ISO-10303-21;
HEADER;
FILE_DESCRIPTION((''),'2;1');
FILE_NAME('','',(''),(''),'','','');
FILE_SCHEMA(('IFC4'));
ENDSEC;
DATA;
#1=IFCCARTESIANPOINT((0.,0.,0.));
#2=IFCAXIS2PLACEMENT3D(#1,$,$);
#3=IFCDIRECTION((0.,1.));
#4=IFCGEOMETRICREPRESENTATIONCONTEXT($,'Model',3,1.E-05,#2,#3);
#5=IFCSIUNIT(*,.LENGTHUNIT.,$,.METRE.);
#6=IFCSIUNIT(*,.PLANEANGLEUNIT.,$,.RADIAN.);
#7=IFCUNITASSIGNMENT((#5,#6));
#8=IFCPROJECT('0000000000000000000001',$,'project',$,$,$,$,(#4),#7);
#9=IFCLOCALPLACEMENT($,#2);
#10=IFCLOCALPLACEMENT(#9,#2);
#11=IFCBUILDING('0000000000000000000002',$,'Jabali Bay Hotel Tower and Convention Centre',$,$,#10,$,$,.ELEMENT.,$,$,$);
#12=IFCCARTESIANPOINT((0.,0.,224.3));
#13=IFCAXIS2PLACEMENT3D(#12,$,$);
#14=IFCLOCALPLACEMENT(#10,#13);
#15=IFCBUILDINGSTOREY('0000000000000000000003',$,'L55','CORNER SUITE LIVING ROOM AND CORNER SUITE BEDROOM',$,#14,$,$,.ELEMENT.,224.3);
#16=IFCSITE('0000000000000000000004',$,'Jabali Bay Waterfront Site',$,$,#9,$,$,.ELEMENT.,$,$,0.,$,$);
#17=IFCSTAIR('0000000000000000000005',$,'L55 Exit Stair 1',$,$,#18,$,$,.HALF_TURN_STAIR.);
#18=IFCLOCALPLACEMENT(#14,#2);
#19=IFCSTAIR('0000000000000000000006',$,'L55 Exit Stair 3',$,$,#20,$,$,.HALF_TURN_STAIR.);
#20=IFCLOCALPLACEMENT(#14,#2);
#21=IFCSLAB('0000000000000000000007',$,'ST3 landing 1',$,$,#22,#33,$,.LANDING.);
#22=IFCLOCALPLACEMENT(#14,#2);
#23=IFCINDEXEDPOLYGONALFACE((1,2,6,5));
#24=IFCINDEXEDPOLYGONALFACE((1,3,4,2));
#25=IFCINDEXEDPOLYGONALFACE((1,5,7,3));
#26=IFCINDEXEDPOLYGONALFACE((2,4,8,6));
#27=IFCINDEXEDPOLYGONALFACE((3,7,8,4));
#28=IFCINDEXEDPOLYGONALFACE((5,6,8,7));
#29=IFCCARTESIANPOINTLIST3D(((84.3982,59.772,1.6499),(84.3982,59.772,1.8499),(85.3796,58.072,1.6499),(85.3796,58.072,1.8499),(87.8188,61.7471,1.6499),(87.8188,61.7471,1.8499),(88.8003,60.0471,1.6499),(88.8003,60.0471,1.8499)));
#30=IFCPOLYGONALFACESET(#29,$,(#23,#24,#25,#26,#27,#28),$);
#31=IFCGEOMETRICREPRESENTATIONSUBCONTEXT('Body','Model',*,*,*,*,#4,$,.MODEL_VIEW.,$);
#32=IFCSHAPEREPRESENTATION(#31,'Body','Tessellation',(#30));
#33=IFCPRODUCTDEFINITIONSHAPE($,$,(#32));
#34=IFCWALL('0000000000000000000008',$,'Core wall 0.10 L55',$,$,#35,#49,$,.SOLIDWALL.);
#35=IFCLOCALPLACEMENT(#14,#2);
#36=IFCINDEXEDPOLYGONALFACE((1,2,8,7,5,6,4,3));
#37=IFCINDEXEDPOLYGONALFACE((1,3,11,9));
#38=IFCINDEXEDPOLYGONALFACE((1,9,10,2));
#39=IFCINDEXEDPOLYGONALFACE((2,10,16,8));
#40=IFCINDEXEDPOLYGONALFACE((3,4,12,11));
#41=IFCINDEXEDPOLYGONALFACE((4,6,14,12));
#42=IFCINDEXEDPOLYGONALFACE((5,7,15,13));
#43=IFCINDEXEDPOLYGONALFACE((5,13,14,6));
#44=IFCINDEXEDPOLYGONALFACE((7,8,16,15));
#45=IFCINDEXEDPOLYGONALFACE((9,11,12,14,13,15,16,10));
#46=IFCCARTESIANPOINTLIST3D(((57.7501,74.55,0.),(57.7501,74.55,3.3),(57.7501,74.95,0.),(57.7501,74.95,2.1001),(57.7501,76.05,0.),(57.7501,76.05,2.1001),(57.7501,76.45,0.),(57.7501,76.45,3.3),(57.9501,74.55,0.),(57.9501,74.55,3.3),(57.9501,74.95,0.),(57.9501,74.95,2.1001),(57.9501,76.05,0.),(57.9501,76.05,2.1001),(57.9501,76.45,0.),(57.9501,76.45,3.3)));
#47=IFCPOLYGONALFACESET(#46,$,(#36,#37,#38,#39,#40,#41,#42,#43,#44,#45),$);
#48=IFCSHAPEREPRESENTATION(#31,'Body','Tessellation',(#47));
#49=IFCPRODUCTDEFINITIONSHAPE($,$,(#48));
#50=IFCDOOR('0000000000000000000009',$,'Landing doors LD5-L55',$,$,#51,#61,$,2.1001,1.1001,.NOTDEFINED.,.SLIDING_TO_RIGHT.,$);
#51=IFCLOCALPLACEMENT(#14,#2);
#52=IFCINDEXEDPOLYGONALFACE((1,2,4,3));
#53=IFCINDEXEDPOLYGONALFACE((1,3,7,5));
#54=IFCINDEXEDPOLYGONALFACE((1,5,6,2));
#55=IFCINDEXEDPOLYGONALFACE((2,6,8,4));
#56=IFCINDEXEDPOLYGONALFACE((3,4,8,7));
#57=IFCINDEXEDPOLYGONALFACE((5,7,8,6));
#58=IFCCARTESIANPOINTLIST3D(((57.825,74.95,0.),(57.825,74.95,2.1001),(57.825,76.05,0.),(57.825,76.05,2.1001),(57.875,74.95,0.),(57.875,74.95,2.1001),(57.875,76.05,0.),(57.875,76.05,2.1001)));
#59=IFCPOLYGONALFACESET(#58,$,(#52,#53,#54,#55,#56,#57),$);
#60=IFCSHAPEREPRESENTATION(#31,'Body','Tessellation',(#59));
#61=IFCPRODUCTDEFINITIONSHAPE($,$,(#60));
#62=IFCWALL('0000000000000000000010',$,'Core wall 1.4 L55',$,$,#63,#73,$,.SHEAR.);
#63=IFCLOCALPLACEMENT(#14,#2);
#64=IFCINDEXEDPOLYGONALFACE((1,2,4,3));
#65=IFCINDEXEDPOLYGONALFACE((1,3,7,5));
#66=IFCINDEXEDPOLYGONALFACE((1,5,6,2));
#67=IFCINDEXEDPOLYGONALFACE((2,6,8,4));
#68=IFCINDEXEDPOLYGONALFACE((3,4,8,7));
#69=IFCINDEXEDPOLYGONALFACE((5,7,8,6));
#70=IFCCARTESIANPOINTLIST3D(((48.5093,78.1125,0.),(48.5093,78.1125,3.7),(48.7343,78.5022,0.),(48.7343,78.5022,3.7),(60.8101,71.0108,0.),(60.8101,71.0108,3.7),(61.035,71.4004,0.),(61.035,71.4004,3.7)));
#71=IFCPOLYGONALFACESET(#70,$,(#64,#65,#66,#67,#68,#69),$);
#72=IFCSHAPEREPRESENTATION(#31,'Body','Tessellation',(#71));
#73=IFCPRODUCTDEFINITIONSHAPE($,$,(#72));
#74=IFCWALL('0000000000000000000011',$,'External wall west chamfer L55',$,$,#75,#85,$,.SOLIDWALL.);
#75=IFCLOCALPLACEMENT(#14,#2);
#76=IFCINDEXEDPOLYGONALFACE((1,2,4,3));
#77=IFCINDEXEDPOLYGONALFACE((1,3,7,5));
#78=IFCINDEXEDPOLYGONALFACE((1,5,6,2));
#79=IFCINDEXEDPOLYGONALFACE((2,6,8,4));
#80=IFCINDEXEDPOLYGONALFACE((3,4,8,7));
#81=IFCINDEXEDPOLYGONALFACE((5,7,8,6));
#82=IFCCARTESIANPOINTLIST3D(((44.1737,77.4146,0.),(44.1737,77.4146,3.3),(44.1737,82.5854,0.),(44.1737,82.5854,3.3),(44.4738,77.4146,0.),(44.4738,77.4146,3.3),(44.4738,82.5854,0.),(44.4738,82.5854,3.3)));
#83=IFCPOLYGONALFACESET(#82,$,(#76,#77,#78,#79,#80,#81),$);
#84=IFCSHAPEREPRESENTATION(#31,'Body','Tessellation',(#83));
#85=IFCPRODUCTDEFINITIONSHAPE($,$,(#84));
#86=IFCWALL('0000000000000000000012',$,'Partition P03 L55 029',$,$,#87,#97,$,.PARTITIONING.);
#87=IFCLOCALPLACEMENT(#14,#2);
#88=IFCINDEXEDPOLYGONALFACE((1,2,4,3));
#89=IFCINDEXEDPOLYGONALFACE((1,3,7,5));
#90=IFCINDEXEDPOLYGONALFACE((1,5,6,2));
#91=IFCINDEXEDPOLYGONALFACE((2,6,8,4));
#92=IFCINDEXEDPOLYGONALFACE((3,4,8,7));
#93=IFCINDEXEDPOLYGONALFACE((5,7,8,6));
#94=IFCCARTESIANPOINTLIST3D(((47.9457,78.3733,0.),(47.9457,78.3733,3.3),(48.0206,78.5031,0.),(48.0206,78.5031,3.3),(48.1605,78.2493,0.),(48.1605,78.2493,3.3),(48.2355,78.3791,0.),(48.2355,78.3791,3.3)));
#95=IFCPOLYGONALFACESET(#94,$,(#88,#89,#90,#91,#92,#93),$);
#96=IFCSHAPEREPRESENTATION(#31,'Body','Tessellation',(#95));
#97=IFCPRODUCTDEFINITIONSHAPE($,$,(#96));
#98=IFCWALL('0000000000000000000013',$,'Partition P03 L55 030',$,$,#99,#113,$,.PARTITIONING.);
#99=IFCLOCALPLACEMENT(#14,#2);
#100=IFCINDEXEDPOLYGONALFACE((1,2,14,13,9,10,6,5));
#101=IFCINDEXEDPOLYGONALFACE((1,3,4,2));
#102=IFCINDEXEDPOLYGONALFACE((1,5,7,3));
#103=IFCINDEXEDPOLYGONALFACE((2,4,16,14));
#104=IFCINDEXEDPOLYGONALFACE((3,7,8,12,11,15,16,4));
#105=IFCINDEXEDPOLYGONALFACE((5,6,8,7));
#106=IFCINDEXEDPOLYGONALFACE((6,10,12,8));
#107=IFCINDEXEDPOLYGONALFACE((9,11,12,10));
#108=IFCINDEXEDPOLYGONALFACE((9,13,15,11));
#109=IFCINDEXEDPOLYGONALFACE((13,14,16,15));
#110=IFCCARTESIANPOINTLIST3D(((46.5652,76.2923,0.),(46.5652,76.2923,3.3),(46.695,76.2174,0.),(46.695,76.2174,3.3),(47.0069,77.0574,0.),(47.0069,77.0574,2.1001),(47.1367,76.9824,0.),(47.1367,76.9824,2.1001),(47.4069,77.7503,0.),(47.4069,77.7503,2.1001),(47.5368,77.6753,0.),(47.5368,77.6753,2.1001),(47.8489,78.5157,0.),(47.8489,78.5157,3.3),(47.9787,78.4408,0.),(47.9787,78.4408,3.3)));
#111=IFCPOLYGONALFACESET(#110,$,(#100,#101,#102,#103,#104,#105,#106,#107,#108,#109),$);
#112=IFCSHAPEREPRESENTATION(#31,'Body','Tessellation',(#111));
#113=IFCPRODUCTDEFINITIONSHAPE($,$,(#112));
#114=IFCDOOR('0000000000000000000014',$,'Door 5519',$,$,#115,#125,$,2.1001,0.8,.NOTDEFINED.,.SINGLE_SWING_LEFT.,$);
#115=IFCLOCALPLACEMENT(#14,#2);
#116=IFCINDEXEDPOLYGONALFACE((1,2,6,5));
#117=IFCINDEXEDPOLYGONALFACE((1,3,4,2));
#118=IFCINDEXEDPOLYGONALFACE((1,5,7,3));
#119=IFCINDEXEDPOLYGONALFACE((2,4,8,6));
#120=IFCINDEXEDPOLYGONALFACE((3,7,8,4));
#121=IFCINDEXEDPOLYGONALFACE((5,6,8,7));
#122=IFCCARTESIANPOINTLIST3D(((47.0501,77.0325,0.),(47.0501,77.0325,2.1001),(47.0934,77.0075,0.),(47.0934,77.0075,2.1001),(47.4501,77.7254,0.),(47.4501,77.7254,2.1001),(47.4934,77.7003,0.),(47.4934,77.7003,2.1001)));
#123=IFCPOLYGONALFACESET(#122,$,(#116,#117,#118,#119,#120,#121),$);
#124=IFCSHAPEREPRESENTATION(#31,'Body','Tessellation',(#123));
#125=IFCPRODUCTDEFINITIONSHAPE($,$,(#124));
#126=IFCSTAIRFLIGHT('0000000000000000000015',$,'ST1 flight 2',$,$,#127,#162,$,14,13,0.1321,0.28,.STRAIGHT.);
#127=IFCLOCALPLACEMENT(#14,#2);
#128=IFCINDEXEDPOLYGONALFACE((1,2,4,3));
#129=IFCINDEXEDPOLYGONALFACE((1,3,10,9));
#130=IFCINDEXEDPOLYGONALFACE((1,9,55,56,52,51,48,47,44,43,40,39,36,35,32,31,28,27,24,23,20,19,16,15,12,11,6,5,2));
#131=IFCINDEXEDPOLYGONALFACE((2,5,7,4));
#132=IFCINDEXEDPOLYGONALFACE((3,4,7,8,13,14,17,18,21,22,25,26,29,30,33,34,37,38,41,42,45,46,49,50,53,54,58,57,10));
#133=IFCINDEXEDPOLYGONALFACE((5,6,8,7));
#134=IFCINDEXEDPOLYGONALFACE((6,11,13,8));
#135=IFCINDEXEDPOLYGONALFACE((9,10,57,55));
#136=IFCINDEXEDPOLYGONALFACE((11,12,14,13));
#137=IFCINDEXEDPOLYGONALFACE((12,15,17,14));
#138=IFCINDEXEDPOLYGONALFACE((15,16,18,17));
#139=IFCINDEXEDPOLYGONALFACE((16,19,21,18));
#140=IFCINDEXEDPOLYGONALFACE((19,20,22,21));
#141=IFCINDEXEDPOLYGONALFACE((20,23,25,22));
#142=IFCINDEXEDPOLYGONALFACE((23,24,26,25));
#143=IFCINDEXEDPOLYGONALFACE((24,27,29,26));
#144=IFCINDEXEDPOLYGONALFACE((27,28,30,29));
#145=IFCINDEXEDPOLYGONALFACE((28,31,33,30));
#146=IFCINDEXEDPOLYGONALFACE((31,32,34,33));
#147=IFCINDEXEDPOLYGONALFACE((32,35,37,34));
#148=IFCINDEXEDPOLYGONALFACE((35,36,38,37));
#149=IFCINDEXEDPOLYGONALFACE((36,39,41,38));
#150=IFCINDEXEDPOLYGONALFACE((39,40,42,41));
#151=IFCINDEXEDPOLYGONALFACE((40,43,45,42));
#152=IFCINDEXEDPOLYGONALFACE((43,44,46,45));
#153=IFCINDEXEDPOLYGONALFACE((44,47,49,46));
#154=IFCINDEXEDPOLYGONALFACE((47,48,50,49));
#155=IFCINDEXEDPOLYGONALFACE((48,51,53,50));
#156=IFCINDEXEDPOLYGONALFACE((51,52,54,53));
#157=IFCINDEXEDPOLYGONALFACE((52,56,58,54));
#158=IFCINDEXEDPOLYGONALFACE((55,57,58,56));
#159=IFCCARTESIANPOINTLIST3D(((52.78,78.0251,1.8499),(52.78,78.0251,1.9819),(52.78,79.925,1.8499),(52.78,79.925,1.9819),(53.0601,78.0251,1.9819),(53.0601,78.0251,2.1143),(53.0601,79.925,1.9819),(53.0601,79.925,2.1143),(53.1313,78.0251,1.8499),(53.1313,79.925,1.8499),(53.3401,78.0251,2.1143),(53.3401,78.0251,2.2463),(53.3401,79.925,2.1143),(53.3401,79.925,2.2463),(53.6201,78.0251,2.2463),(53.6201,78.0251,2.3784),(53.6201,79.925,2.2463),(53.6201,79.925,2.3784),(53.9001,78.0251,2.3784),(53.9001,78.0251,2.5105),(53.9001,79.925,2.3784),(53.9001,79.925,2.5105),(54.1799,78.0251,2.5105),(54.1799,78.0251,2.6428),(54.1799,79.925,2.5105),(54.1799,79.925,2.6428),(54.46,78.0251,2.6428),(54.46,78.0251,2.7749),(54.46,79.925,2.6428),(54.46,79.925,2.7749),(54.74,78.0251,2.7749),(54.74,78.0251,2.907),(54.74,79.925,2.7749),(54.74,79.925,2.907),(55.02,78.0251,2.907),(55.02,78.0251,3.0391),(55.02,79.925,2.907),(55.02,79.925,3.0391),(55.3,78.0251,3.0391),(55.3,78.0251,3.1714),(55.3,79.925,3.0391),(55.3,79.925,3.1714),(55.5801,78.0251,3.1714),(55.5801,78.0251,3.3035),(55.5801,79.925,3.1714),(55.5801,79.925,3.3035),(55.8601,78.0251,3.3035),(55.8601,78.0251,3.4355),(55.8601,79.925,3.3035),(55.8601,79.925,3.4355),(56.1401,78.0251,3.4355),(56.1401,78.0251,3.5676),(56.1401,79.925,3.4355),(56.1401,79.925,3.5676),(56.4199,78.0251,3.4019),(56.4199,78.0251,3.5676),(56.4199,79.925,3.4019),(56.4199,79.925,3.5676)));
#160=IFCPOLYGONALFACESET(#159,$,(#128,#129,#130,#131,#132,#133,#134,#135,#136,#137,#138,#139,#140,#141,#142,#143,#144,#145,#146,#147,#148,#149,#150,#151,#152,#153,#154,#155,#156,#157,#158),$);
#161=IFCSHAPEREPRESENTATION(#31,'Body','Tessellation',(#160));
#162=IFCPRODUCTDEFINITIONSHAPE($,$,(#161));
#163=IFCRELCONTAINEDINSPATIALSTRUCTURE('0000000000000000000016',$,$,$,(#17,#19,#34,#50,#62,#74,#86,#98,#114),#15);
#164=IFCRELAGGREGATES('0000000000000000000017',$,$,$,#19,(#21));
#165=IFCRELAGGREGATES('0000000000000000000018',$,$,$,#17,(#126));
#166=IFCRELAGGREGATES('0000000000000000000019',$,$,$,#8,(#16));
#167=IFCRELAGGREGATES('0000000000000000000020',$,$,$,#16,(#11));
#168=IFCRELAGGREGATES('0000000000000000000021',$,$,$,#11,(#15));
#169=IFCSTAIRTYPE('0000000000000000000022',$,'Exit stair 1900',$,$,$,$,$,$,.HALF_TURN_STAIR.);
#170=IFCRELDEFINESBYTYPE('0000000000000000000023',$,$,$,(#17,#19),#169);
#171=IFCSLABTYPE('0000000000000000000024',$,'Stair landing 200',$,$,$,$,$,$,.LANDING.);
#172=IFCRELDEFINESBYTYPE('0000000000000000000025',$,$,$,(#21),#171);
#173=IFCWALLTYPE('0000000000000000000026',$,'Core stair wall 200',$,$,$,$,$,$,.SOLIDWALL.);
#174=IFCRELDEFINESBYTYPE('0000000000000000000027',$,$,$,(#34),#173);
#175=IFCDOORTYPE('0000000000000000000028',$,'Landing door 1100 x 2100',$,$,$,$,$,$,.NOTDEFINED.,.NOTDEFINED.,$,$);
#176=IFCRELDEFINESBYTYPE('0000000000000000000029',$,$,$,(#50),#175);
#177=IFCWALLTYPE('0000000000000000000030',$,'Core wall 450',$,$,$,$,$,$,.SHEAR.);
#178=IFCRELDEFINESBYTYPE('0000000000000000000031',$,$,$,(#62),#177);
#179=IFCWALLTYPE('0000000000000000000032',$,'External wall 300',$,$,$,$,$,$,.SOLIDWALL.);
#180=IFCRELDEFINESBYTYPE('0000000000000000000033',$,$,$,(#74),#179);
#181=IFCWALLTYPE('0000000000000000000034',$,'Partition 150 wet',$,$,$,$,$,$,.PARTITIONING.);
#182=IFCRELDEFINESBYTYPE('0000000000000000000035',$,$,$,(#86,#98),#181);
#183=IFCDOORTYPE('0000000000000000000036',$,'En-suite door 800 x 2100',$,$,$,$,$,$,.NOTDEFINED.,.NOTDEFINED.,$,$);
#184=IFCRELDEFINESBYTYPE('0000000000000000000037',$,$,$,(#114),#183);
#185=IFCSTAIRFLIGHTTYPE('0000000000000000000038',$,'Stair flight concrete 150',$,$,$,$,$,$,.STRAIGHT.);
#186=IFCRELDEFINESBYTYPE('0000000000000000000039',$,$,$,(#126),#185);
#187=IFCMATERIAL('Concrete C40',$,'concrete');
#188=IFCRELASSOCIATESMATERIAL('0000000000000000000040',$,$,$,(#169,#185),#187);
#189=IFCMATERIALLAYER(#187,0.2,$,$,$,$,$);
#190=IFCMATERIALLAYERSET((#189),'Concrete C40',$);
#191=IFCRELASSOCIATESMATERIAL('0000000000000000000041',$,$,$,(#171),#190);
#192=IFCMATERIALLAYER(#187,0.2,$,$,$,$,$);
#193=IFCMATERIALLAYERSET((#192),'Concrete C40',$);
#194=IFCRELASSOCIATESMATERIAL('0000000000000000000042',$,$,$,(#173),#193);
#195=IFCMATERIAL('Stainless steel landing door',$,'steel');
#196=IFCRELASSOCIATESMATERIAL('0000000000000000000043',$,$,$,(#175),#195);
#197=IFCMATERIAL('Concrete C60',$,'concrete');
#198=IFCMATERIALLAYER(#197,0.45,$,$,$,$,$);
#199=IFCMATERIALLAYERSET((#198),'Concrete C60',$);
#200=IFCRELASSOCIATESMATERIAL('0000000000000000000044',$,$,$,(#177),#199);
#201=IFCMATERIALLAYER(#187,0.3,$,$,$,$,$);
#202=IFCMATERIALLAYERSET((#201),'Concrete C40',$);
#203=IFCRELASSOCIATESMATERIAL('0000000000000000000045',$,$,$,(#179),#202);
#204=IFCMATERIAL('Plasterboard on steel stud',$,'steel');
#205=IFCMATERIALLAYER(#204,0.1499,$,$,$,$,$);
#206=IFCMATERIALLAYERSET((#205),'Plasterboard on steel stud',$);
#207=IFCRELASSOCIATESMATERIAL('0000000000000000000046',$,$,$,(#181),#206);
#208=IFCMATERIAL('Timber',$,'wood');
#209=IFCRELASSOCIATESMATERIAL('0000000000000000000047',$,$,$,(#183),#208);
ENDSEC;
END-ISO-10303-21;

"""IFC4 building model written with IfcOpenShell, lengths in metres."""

from ifc_helpers import new_model, si_unit, direction, frame, frame_2d, origin, place, context, subcontext, project, spatial, polyline, rectangle, outline, extrude, material, layer, layer_set, type_object, element, fill, aggregate, save


model = new_model("IFC4")

# Units and contexts
model_context = context("Model", 3, precision=1e-05, world=origin(), true_north=direction((0.0, 1.0)))
body_context = subcontext(model_context, "Body", "Model", "MODEL_VIEW")
ifc_project = project(units=[si_unit("LENGTHUNIT", "METRE"), si_unit("PLANEANGLEUNIT", "RADIAN")], contexts=[model_context])

# Site, building, storey
site_placement = place(None, origin())
site = spatial("IfcSite", under=ifc_project, at=site_placement, Name="Jabali Bay Waterfront Site", CompositionType="ELEMENT", RefElevation=0.0)
building_placement = place(site_placement, origin())
building = spatial("IfcBuilding", under=site, at=building_placement, Name="Jabali Bay Hotel Tower and Convention Centre", CompositionType="ELEMENT")
storey_placement = place(building_placement, frame((0.0, 0.0, 224.3)))
storey = spatial("IfcBuildingStorey", under=building, at=storey_placement, Name="L55", Description="CORNER SUITE LIVING ROOM AND CORNER SUITE BEDROOM", CompositionType="ELEMENT", Elevation=224.3)

# Shared definitions
ifc_material_1 = material(Name="Concrete C60", Category="concrete")

# Shared definitions
ifc_material_2 = material(Name="Concrete C40", Category="concrete")

# Stairs, slab
stair_type = type_object("IfcStairType", Name="Exit stair 1900", PredefinedType="HALF_TURN_STAIR", material=ifc_material_2)
stair_1_placement = place(storey_placement, origin())
stair_1 = element("IfcStair", 1, at=stair_1_placement, inside=storey, type_object=stair_type, Name="L55 Exit Stair 1", PredefinedType="HALF_TURN_STAIR")
ifc_layer_1 = layer(ifc_material_2, 0.2)
ifc_layer_set_1 = layer_set([ifc_layer_1], Name="Concrete C40")
slab_type_1 = type_object("IfcSlabType", Name="Stair landing 200", PredefinedType="LANDING", material=ifc_layer_set_1)
stair_2_placement = place(storey_placement, origin())
stair_2 = element("IfcStair", 2, at=stair_2_placement, inside=storey, type_object=stair_type, Name="L55 Exit Stair 3", PredefinedType="HALF_TURN_STAIR")
slab_1_placement = place(storey_placement, frame((0.0, 0.0, 1.6499)))
slab_1 = element("IfcSlab", 3, at=slab_1_placement, type_object=slab_type_1, Name="ST3 landing 1", PredefinedType="LANDING", context=body_context, shape_type="SweptSolid", body=[
    extrude(outline(polyline([(84.3982, 59.772), (85.3796, 58.072), (88.8003, 60.0471), (87.8188, 61.7471), (84.3982, 59.772)])), origin(), (0.0, 0.0, 1.0), 0.2),
])
aggregate(stair_2, [slab_1])

# Wall, opening, door
ifc_layer_2 = layer(ifc_material_2, 0.2)
ifc_layer_set_2 = layer_set([ifc_layer_2], Name="Concrete C40")
wall_type_1 = type_object("IfcWallType", Name="Core stair wall 200", PredefinedType="SOLIDWALL", material=ifc_layer_set_2)
wall_1_placement = place(storey_placement, frame((57.8501, 76.45, 0.0), z_axis=(0.0, 0.0, 1.0), x_axis=(0.0, -1.0, 0.0)))
wall_1 = element("IfcWall", 4, at=wall_1_placement, inside=storey, type_object=wall_type_1, Name="Core wall 0.10 L55", PredefinedType="SOLIDWALL", context=body_context, shape_type="SweptSolid", body=[
    extrude(rectangle(XDim=1.8999, YDim=0.2, at=frame_2d((0.95, 0.0))), origin(), (0.0, 0.0, 1.0), 3.3),
])
opening_1_placement = place(wall_1_placement, frame((0.3999, 0.0, 0.0)))
opening_1 = element("IfcOpeningElement", 5, at=opening_1_placement, cuts=wall_1, PredefinedType="OPENING", context=body_context, shape_type="SweptSolid", body=[
    extrude(rectangle(XDim=1.1001, YDim=2.1001, at=frame_2d((0.55, 1.05))), frame((0.0, 0.1104, 0.0), z_axis=(0.0, -1.0, 0.0), x_axis=(1.0, 0.0, 0.0)), (0.0, 0.0, 1.0), 0.2209),
])
ifc_material_3 = material(Name="Stainless steel landing door", Category="steel")
door_type_1 = type_object("IfcDoorType", Name="Landing door 1100 x 2100", OperationType="NOTDEFINED", PredefinedType="NOTDEFINED", material=ifc_material_3)
door_1_placement = place(opening_1_placement, origin())
door_1 = element("IfcDoor", 6, at=door_1_placement, inside=storey, type_object=door_type_1, Name="Landing doors LD5-L55", OperationType="SLIDING_TO_RIGHT", OverallHeight=2.1001, OverallWidth=1.1001, PredefinedType="NOTDEFINED", context=body_context, shape_type="SweptSolid", body=[
    extrude(rectangle(XDim=1.1001, YDim=2.1001, at=frame_2d((0.55, 1.05))), frame((0.0, 0.0249, 0.0), z_axis=(0.0, -1.0, 0.0), x_axis=(1.0, 0.0, 0.0)), (0.0, 0.0, 1.0), 0.05),
])
fill(opening_1, door_1)

# Walls
ifc_layer_3 = layer(ifc_material_1, 0.45)
ifc_layer_set_3 = layer_set([ifc_layer_3], Name="Concrete C60")
wall_type_2 = type_object("IfcWallType", Name="Core wall 450", PredefinedType="SHEAR", material=ifc_layer_set_3)
wall_2_placement = place(storey_placement, frame((48.6218, 78.3074, 0.0), z_axis=(0.0, 0.0, 1.0), x_axis=(0.866027, -0.499997, 0.0)))
element("IfcWall", 7, at=wall_2_placement, inside=storey, type_object=wall_type_2, Name="Core wall 1.4 L55", PredefinedType="SHEAR", context=body_context, shape_type="SweptSolid", body=[
    extrude(rectangle(XDim=14.2036, YDim=0.45, at=frame_2d((7.1018, 0.0))), origin(), (0.0, 0.0, 1.0), 3.7),
])
ifc_layer_4 = layer(ifc_material_2, 0.3)
ifc_layer_set_4 = layer_set([ifc_layer_4], Name="Concrete C40")
wall_type_3 = type_object("IfcWallType", Name="External wall 300", PredefinedType="SOLIDWALL", material=ifc_layer_set_4)
wall_3_placement = place(storey_placement, frame((44.3237, 77.4146, 0.0), z_axis=(0.0, 0.0, 1.0), x_axis=(0.0, 1.0, 0.0)))
element("IfcWall", 8, at=wall_3_placement, inside=storey, type_object=wall_type_3, Name="External wall west chamfer L55", PredefinedType="SOLIDWALL", context=body_context, shape_type="SweptSolid", body=[
    extrude(rectangle(XDim=5.1709, YDim=0.3, at=frame_2d((2.5854, 0.0))), origin(), (0.0, 0.0, 1.0), 3.3),
])
ifc_material_4 = material(Name="Plasterboard on steel stud", Category="steel")
ifc_layer_5 = layer(ifc_material_4, 0.1499)
ifc_layer_set_5 = layer_set([ifc_layer_5], Name="Plasterboard on steel stud")
wall_type_4 = type_object("IfcWallType", Name="Partition 150 wet", PredefinedType="PARTITIONING", material=ifc_layer_set_5)
wall_4_placement = place(storey_placement, frame((48.198, 78.3142, 0.0), z_axis=(0.0, 0.0, 1.0), x_axis=(-0.866054, 0.49995, 0.0)))
element("IfcWall", 9, at=wall_4_placement, inside=storey, type_object=wall_type_4, Name="Partition P03 L55 029", PredefinedType="PARTITIONING", context=body_context, shape_type="SweptSolid", body=[
    extrude(rectangle(XDim=0.248, YDim=0.1499, at=frame_2d((0.124, 0.0))), origin(), (0.0, 0.0, 1.0), 3.3),
])

# Wall, opening, door
wall_5_placement = place(storey_placement, frame((47.9138, 78.4783, 0.0), z_axis=(0.0, 0.0, 1.0), x_axis=(-0.500005, -0.866022, 0.0)))
wall_5 = element("IfcWall", 10, at=wall_5_placement, inside=storey, type_object=wall_type_4, Name="Partition P03 L55 030", PredefinedType="PARTITIONING", context=body_context, shape_type="SweptSolid", body=[
    extrude(rectangle(XDim=2.5674, YDim=0.1499, at=frame_2d((1.2837, 0.0))), origin(), (0.0, 0.0, 1.0), 3.3),
])
opening_2_placement = place(wall_5_placement, frame((0.884, 0.0, 0.0)))
opening_2 = element("IfcOpeningElement", 11, at=opening_2_placement, cuts=wall_5, PredefinedType="OPENING", context=body_context, shape_type="SweptSolid", body=[
    extrude(rectangle(XDim=0.8, YDim=2.1001, at=frame_2d((0.3999, 1.05))), frame((0.0, 0.0854, 0.0), z_axis=(0.0, -1.0, 0.0), x_axis=(1.0, 0.0, 0.0)), (0.0, 0.0, 1.0), 0.1709),
])
ifc_material_5 = material(Name="Timber", Category="wood")
door_type_2 = type_object("IfcDoorType", Name="En-suite door 800 x 2100", OperationType="NOTDEFINED", PredefinedType="NOTDEFINED", material=ifc_material_5)
door_2_placement = place(opening_2_placement, origin())
door_2 = element("IfcDoor", 12, at=door_2_placement, inside=storey, type_object=door_type_2, Name="Door 5519", OperationType="SINGLE_SWING_LEFT", OverallHeight=2.1001, OverallWidth=0.8, PredefinedType="NOTDEFINED", context=body_context, shape_type="SweptSolid", body=[
    extrude(rectangle(XDim=0.8, YDim=2.1001, at=frame_2d((0.3999, 1.05))), frame((0.0, 0.0249, 0.0), z_axis=(0.0, -1.0, 0.0), x_axis=(1.0, 0.0, 0.0)), (0.0, 0.0, 1.0), 0.05),
])
fill(opening_2, door_2)

# Stair flight
stair_flight_type = type_object("IfcStairFlightType", Name="Stair flight concrete 150", PredefinedType="STRAIGHT", material=ifc_material_2)
stair_flight_placement = place(storey_placement, frame((52.78, 78.9751, 1.8499), z_axis=(0.0, 0.0, 1.0), x_axis=(1.0, 0.0, 0.0)))
stair_flight = element("IfcStairFlight", 13, at=stair_flight_placement, type_object=stair_flight_type, Name="ST1 flight 2", NumberOfRisers=14, NumberOfTreads=13, PredefinedType="STRAIGHT", RiserHeight=0.1321, TreadLength=0.28, context=body_context, shape_type="SweptSolid", body=[
    extrude(outline(polyline([(0.0, 0.0), (0.0, 0.1321), (0.28, 0.1321), (0.28, 0.2644), (0.5601, 0.2644), (0.5601, 0.3965), (0.8401, 0.3965), (0.8401, 0.5286), (1.1201, 0.5286), (1.1201, 0.6606), (1.3999, 0.6606), (1.3999, 0.793), (1.6799, 0.793), (1.6799, 0.925), (1.96, 0.925), (1.96, 1.0571), (2.24, 1.0571), (2.24, 1.1892), (2.52, 1.1892), (2.52, 1.3215), (2.8, 1.3215), (2.8, 1.4536), (3.0801, 1.4536), (3.0801, 1.5857), (3.3601, 1.5857), (3.3601, 1.7178), (3.6399, 1.7178), (3.6399, 1.8501), (3.6399, 1.552), (0.3513, 0.0), (0.0, 0.0)])), frame((0.0, 0.95, 0.0), z_axis=(0.0, -1.0, 0.0), x_axis=(1.0, 0.0, 0.0)), (0.0, 0.0, 1.0), 1.8999),
])
aggregate(stair_1, [stair_flight])

save(model, "model.ifc")
